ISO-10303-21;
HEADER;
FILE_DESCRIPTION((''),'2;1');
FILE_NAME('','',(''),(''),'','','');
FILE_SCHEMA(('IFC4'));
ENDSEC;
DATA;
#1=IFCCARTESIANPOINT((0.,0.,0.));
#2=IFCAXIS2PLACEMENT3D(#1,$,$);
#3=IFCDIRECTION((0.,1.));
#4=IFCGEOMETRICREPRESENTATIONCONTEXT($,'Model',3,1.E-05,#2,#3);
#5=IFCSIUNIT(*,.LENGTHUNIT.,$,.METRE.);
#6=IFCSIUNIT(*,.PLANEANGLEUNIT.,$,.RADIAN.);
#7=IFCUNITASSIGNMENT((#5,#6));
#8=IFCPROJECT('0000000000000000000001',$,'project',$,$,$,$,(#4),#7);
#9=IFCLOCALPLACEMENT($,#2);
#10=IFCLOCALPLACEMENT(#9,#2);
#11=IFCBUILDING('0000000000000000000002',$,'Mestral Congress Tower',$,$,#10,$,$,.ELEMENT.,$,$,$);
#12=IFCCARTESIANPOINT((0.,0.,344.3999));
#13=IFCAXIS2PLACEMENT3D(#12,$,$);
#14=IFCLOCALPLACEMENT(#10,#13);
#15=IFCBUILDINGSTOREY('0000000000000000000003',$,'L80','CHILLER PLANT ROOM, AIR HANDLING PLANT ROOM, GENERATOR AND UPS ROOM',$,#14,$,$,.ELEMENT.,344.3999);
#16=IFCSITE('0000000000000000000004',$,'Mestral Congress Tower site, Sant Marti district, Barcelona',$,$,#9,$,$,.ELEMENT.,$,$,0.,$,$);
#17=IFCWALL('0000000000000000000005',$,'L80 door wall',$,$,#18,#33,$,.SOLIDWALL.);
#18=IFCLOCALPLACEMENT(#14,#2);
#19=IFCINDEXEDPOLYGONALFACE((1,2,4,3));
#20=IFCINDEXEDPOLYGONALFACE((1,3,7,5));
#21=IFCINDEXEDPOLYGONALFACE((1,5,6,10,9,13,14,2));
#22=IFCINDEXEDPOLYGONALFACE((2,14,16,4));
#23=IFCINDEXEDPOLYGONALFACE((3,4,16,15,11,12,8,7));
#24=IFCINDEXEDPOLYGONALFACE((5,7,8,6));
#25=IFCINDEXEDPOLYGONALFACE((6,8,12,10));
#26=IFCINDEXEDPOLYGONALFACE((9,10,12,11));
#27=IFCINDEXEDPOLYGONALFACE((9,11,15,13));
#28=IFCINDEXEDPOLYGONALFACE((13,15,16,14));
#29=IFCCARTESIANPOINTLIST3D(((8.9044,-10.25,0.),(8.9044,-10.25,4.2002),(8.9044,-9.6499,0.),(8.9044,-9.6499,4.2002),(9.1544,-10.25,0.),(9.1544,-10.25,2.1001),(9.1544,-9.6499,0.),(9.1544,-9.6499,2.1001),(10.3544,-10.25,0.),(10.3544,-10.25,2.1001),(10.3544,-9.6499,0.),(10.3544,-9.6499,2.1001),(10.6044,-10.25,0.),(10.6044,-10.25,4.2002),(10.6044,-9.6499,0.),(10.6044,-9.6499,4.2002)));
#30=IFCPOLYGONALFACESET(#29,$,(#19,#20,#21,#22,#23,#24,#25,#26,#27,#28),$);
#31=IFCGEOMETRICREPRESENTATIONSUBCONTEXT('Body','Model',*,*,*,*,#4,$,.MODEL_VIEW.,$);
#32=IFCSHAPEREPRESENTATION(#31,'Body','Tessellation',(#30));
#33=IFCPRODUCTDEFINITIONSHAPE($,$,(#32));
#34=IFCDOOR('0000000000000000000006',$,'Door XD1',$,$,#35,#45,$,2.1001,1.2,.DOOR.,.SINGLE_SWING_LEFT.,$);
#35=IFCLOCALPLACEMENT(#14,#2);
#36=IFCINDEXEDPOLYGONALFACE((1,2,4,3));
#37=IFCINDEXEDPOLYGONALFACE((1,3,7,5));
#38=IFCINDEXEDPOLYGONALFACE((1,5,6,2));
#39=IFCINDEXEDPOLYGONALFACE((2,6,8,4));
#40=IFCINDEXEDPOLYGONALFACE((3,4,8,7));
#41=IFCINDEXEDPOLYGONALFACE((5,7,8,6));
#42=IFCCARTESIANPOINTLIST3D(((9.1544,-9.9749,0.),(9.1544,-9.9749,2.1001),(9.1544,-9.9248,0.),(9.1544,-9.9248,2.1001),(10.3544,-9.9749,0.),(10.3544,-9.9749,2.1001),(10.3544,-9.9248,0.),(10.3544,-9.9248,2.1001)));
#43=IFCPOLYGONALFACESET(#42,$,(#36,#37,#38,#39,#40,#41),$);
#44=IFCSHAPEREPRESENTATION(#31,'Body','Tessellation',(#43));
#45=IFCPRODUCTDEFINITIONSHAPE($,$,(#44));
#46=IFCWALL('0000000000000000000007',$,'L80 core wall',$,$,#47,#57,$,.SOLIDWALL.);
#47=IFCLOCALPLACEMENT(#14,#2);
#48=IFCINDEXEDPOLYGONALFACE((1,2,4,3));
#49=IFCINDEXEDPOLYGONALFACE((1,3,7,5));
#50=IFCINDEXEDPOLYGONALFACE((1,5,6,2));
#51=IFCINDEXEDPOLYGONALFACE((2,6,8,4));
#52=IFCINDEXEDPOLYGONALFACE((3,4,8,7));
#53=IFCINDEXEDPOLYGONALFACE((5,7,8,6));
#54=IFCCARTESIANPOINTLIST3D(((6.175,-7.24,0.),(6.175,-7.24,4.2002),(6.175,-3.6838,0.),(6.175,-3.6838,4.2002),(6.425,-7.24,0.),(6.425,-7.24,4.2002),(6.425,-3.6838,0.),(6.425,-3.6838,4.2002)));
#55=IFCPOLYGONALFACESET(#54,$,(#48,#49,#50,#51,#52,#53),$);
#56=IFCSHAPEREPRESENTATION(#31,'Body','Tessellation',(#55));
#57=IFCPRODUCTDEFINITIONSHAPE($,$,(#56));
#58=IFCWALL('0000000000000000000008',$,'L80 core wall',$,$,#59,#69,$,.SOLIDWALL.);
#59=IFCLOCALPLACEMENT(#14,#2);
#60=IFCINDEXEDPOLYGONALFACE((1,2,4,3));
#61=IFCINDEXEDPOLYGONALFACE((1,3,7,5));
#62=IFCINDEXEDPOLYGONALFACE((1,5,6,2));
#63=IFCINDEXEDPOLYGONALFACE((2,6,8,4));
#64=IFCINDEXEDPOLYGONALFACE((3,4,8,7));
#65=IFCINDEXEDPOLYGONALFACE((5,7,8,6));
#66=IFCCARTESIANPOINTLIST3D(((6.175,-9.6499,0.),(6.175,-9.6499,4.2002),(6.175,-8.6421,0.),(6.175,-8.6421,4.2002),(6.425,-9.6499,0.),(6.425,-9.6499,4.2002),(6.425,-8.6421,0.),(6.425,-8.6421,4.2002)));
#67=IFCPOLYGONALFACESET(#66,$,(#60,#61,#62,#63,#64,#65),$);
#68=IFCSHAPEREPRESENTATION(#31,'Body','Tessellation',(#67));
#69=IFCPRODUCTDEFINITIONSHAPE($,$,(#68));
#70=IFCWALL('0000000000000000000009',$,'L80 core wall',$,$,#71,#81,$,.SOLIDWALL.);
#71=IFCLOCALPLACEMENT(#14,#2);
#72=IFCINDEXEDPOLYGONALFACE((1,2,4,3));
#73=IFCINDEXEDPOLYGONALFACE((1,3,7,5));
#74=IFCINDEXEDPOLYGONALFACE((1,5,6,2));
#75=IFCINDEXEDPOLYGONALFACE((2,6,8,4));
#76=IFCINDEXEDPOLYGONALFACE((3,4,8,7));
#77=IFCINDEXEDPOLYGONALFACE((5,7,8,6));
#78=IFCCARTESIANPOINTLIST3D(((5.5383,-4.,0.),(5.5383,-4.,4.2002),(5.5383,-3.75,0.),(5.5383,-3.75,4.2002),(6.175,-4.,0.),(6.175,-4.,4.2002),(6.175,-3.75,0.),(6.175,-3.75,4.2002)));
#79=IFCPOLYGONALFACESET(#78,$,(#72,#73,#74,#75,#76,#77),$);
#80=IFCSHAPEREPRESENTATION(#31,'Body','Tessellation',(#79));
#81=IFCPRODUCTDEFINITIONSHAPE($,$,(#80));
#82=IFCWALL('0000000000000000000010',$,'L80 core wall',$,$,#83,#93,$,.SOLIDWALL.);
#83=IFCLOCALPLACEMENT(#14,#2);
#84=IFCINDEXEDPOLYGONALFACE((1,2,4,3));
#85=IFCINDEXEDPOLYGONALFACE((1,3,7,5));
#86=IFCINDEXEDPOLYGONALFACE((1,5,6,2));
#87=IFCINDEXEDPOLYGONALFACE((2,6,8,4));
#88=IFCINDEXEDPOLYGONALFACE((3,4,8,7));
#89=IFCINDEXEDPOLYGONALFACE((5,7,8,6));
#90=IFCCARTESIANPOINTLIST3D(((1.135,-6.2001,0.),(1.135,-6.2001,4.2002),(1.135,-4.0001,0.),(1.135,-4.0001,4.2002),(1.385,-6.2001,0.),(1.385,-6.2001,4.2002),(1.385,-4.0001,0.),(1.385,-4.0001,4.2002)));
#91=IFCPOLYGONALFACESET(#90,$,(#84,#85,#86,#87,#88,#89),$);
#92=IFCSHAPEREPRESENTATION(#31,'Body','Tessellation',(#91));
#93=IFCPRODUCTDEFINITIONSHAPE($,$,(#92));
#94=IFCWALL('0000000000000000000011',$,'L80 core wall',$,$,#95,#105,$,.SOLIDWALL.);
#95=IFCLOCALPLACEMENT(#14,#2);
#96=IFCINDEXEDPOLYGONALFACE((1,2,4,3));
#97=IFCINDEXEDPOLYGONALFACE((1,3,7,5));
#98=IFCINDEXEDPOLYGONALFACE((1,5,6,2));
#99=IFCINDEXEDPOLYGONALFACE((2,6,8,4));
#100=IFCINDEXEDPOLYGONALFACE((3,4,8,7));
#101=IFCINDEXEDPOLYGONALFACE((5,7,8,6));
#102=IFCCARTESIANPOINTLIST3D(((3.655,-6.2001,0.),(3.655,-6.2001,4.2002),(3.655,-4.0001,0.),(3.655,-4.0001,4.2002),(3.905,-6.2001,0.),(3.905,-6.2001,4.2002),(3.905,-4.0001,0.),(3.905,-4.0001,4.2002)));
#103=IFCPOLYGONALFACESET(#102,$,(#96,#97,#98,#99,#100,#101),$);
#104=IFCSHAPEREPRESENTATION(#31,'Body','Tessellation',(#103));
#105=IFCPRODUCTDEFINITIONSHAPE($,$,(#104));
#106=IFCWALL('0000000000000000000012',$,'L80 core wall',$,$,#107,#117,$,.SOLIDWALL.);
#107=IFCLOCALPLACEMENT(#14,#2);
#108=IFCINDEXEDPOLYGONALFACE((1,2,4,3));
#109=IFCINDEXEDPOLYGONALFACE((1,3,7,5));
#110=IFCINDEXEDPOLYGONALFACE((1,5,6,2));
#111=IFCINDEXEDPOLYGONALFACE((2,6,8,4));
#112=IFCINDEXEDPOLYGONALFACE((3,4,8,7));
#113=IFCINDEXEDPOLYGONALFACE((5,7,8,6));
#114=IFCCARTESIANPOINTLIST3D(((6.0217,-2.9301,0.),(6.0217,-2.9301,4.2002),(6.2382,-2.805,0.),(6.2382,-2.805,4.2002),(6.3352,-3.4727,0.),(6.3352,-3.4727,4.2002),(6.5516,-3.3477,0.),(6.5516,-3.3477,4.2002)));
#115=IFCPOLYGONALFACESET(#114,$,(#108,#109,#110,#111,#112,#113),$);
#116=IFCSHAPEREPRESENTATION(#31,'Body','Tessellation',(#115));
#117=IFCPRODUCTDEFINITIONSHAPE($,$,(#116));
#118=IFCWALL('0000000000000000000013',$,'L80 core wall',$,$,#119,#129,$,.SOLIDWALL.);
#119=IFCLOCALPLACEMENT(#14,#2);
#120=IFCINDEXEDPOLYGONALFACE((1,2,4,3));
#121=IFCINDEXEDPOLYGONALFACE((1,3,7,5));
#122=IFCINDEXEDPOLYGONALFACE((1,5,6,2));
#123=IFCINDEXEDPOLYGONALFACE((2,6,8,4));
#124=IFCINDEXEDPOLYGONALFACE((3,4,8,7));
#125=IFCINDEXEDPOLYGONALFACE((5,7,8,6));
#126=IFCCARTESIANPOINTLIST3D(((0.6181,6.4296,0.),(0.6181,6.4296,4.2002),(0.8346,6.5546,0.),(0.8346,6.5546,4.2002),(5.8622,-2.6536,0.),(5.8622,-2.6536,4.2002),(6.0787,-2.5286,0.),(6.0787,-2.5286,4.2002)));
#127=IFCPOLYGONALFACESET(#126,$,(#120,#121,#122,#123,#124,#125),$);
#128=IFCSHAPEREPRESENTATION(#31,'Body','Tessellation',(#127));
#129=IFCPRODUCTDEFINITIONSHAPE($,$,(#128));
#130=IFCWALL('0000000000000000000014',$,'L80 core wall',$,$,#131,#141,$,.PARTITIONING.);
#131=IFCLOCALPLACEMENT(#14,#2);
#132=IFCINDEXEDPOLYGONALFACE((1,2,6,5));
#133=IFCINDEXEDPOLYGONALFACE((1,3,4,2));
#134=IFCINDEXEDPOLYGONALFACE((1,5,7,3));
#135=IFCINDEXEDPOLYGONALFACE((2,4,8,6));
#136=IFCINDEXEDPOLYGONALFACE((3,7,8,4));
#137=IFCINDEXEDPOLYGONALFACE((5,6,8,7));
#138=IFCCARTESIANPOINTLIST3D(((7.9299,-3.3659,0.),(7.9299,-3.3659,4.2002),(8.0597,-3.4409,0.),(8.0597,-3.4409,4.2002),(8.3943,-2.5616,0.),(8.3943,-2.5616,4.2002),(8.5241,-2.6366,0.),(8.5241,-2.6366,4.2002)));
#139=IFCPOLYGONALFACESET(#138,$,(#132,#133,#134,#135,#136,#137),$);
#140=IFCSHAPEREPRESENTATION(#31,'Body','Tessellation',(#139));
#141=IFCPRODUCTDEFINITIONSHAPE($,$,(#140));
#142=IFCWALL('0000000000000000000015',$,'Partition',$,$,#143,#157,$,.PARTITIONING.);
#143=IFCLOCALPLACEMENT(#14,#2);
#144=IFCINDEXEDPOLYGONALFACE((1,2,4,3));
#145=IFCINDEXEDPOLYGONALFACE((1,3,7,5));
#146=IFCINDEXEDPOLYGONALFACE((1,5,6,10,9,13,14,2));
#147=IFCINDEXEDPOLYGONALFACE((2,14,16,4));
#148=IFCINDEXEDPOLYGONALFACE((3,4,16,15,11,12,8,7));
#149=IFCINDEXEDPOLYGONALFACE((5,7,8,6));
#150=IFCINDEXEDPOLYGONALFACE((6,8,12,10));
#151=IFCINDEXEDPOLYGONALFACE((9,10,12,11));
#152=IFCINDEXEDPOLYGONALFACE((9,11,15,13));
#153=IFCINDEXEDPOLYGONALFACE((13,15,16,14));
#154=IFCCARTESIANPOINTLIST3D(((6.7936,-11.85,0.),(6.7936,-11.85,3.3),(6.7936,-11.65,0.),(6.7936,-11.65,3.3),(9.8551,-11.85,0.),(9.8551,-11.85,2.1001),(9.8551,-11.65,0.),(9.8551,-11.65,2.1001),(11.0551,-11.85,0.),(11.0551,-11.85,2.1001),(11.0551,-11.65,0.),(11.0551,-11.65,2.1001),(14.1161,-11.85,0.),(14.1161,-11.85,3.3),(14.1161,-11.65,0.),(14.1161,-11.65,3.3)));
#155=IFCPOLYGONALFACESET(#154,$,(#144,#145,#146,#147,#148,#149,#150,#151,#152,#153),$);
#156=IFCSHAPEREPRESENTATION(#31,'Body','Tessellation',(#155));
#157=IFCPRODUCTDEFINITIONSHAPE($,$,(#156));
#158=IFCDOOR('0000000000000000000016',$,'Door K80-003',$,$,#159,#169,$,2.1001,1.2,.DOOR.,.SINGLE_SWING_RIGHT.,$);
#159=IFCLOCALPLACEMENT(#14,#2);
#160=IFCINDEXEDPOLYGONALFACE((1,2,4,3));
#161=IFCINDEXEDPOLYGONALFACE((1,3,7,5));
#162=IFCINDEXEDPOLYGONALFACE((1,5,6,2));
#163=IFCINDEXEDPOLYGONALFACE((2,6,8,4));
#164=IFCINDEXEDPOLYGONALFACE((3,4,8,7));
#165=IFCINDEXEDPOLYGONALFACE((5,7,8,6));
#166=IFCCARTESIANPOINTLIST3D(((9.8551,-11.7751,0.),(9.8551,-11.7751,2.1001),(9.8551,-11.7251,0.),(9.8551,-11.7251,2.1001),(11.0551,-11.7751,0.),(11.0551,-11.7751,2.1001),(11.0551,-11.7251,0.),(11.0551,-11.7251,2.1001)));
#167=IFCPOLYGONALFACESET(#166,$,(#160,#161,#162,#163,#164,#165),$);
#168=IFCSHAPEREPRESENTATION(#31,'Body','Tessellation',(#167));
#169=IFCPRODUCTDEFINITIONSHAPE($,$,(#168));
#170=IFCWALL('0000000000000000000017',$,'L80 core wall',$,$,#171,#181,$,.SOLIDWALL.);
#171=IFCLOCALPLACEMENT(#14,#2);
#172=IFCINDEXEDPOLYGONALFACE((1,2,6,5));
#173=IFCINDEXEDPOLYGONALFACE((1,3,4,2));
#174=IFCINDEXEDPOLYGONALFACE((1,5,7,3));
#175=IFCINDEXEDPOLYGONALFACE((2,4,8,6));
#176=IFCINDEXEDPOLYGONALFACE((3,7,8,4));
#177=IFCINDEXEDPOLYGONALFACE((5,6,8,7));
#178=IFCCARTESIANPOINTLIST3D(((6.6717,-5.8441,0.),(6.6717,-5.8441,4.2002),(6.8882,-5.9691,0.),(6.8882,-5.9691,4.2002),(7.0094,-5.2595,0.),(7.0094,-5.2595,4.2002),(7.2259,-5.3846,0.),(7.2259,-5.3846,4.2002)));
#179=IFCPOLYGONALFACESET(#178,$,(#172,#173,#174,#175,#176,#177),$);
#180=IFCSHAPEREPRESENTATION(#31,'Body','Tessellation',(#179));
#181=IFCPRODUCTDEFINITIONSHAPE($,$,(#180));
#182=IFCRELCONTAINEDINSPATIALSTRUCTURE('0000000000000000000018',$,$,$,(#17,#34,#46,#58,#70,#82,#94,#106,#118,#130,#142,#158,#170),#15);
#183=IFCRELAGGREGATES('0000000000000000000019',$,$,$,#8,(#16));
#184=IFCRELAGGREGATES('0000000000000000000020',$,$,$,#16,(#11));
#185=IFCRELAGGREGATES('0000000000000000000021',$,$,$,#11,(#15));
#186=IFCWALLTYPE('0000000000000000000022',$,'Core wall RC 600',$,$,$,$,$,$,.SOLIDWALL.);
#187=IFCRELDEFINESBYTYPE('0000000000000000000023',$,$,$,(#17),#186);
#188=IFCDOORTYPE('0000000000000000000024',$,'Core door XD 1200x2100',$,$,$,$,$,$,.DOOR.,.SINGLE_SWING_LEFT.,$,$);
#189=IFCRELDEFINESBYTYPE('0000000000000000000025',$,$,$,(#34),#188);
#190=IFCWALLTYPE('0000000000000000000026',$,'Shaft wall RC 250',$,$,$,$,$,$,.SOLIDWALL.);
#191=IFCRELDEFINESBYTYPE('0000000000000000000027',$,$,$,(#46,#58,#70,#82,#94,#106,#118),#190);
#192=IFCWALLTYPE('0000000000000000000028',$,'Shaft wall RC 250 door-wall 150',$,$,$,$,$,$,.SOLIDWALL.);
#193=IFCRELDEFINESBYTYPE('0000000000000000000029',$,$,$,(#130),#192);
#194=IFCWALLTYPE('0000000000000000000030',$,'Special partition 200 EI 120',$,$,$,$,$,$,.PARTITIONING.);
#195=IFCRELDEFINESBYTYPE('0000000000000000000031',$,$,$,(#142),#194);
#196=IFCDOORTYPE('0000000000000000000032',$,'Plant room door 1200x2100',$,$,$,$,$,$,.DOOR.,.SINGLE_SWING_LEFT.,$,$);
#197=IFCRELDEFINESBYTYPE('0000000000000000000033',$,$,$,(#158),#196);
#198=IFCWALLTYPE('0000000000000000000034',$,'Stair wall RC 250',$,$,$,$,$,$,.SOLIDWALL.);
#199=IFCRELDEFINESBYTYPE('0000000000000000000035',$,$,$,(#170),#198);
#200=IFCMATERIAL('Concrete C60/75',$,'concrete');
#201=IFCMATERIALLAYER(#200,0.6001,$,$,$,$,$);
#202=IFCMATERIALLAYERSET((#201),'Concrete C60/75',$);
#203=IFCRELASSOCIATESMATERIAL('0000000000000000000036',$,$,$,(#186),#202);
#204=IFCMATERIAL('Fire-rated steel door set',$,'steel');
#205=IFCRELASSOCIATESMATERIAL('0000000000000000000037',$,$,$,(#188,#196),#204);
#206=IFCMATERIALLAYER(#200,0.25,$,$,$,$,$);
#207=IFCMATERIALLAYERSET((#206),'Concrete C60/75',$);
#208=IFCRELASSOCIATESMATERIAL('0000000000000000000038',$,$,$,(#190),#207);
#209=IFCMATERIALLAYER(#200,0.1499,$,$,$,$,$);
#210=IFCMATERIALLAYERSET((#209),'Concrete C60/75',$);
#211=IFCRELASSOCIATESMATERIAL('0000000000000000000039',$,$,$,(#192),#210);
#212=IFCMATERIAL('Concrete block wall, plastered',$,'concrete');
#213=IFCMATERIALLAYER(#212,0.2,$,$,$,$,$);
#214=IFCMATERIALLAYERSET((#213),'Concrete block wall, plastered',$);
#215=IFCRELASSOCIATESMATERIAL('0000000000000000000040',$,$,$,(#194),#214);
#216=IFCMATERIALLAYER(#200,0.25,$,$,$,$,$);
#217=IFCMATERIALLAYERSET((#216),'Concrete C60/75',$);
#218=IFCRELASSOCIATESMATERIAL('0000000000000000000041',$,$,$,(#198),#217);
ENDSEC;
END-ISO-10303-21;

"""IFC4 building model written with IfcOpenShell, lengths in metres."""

from ifc_helpers import new_model, si_unit, direction, frame, frame_2d, origin, place, context, subcontext, project, spatial, rectangle, extrude, material, layer, layer_set, type_object, element, fill, save


model = new_model("IFC4")

# Units and contexts
model_context = context("Model", 3, precision=1e-05, world=origin(), true_north=direction((0.0, 1.0)))
body_context = subcontext(model_context, "Body", "Model", "MODEL_VIEW")
ifc_project = project(units=[si_unit("LENGTHUNIT", "METRE"), si_unit("PLANEANGLEUNIT", "RADIAN")], contexts=[model_context])

# Site, building, storey
site_placement = place(None, origin())
site = spatial("IfcSite", under=ifc_project, at=site_placement, Name="Mestral Congress Tower site, Sant Marti district, Barcelona", CompositionType="ELEMENT", RefElevation=0.0)
building_placement = place(site_placement, origin())
building = spatial("IfcBuilding", under=site, at=building_placement, Name="Mestral Congress Tower", CompositionType="ELEMENT")
storey_placement = place(building_placement, frame((0.0, 0.0, 344.3999)))
storey = spatial("IfcBuildingStorey", under=building, at=storey_placement, Name="L80", Description="CHILLER PLANT ROOM, AIR HANDLING PLANT ROOM, GENERATOR AND UPS ROOM", CompositionType="ELEMENT", Elevation=344.3999)

# Shared definitions
ifc_material_1 = material(Name="Fire-rated steel door set", Category="steel")

# Shared definitions
ifc_material_2 = material(Name="Concrete C60/75", Category="concrete")
ifc_layer_1 = layer(ifc_material_2, 0.6001)
ifc_layer_set_1 = layer_set([ifc_layer_1], Name="Concrete C60/75")
wall_type_1 = type_object("IfcWallType", Name="Core wall RC 600", PredefinedType="SOLIDWALL", material=ifc_layer_set_1)

# Wall, opening, door
wall_1_placement = place(storey_placement, frame((10.6045, -9.95, 0.0), z_axis=(0.0, 0.0, 1.0), x_axis=(-1.0, 0.0, 0.0)))
wall_1 = element("IfcWall", 1, at=wall_1_placement, inside=storey, type_object=wall_type_1, Name="L80 door wall", PredefinedType="SOLIDWALL", context=body_context, shape_type="SweptSolid", body=[
    extrude(rectangle(XDim=1.7, YDim=0.6001, at=frame_2d((0.8501, 0.0))), origin(), (0.0, 0.0, 1.0), 4.2002),
])
opening_1_placement = place(wall_1_placement, frame((0.25, 0.0, 0.0)))
opening_1 = element("IfcOpeningElement", 2, at=opening_1_placement, cuts=wall_1, PredefinedType="OPENING", context=body_context, shape_type="SweptSolid", body=[
    extrude(rectangle(XDim=1.2, YDim=2.1001, at=frame_2d((0.6001, 1.05))), frame((0.0, 0.3101, 0.0), z_axis=(0.0, -1.0, 0.0), x_axis=(1.0, 0.0, 0.0)), (0.0, 0.0, 1.0), 0.6201),
])
door_type_1 = type_object("IfcDoorType", Name="Core door XD 1200x2100", OperationType="SINGLE_SWING_LEFT", PredefinedType="DOOR", material=ifc_material_1)
door_1_placement = place(opening_1_placement, origin())
door_1 = element("IfcDoor", 3, at=door_1_placement, inside=storey, type_object=door_type_1, Name="Door XD1", OperationType="SINGLE_SWING_LEFT", OverallHeight=2.1001, OverallWidth=1.2, PredefinedType="DOOR", context=body_context, shape_type="SweptSolid", body=[
    extrude(rectangle(XDim=1.2, YDim=2.1001, at=frame_2d((0.6001, 1.05))), frame((0.0, 0.0249, 0.0), z_axis=(0.0, -1.0, 0.0), x_axis=(1.0, 0.0, 0.0)), (0.0, 0.0, 1.0), 0.05),
])
fill(opening_1, door_1)

# Walls
ifc_layer_2 = layer(ifc_material_2, 0.25)
ifc_layer_set_2 = layer_set([ifc_layer_2], Name="Concrete C60/75")
wall_type_2 = type_object("IfcWallType", Name="Shaft wall RC 250", PredefinedType="SOLIDWALL", material=ifc_layer_set_2)
wall_2_placement = place(storey_placement, frame((6.3, -7.24, 0.0), z_axis=(0.0, 0.0, 1.0), x_axis=(0.0, 1.0, 0.0)))
element("IfcWall", 4, at=wall_2_placement, inside=storey, type_object=wall_type_2, Name="L80 core wall", PredefinedType="SOLIDWALL", context=body_context, shape_type="SweptSolid", body=[
    extrude(rectangle(XDim=3.5562, YDim=0.25, at=frame_2d((1.7781, 0.0))), origin(), (0.0, 0.0, 1.0), 4.2002),
])
wall_3_placement = place(storey_placement, frame((6.3, -9.6499, 0.0), z_axis=(0.0, 0.0, 1.0), x_axis=(0.0, 1.0, 0.0)))
element("IfcWall", 5, at=wall_3_placement, inside=storey, type_object=wall_type_2, Name="L80 core wall", PredefinedType="SOLIDWALL", context=body_context, shape_type="SweptSolid", body=[
    extrude(rectangle(XDim=1.0078, YDim=0.25, at=frame_2d((0.5039, 0.0))), origin(), (0.0, 0.0, 1.0), 4.2002),
])
wall_4_placement = place(storey_placement, frame((5.5383, -3.875, 0.0), z_axis=(0.0, 0.0, 1.0), x_axis=(1.0, 0.0, 0.0)))
element("IfcWall", 6, at=wall_4_placement, inside=storey, type_object=wall_type_2, Name="L80 core wall", PredefinedType="SOLIDWALL", context=body_context, shape_type="SweptSolid", body=[
    extrude(rectangle(XDim=0.6367, YDim=0.25, at=frame_2d((0.3184, 0.0))), origin(), (0.0, 0.0, 1.0), 4.2002),
])
for number, where, z_axis, x_axis, name in (
    (7, (1.26, -4.0, 0.0), (0.0, 0.0, 1.0), (0.0, -1.0, 0.0), "L80 core wall"),
    (8, (3.78, -4.0, 0.0), (0.0, 0.0, 1.0), (0.0, -1.0, 0.0), "L80 core wall"),
):
    element("IfcWall", number, at=place(storey_placement, frame(where, z_axis=z_axis, x_axis=x_axis)), inside=storey, type_object=wall_type_2, Name=name, PredefinedType="SOLIDWALL", context=body_context, shape_type="SweptSolid", body=[
        extrude(rectangle(XDim=2.2, YDim=0.25, at=frame_2d((1.1001, 0.0))), origin(), (0.0, 0.0, 1.0), 4.2002),
    ])
wall_5_placement = place(storey_placement, frame((6.1299, -2.8674, 0.0), z_axis=(0.0, 0.0, 1.0), x_axis=(0.500161, -0.865933, 0.0)))
element("IfcWall", 9, at=wall_5_placement, inside=storey, type_object=wall_type_2, Name="L80 core wall", PredefinedType="SOLIDWALL", context=body_context, shape_type="SweptSolid", body=[
    extrude(rectangle(XDim=0.6267, YDim=0.25, at=frame_2d((0.3135, 0.0))), origin(), (0.0, 0.0, 1.0), 4.2002),
])
wall_6_placement = place(storey_placement, frame((5.9705, -2.5911, 0.0), z_axis=(0.0, 0.0, 1.0), x_axis=(-0.499994, 0.866029, 0.0)))
element("IfcWall", 10, at=wall_6_placement, inside=storey, type_object=wall_type_2, Name="L80 core wall", PredefinedType="SOLIDWALL", context=body_context, shape_type="SweptSolid", body=[
    extrude(rectangle(XDim=10.4883, YDim=0.25, at=frame_2d((5.2441, 0.0))), origin(), (0.0, 0.0, 1.0), 4.2002),
])
ifc_layer_3 = layer(ifc_material_2, 0.1499)
ifc_layer_set_3 = layer_set([ifc_layer_3], Name="Concrete C60/75")
wall_type_3 = type_object("IfcWallType", Name="Shaft wall RC 250 door-wall 150", PredefinedType="SOLIDWALL", material=ifc_layer_set_3)
wall_7_placement = place(storey_placement, frame((8.4592, -2.5991, 0.0), z_axis=(0.0, 0.0, 1.0), x_axis=(-0.500041, -0.866002, 0.0)))
element("IfcWall", 11, at=wall_7_placement, inside=storey, type_object=wall_type_3, Name="L80 core wall", PredefinedType="PARTITIONING", context=body_context, shape_type="SweptSolid", body=[
    extrude(rectangle(XDim=0.9287, YDim=0.1499, at=frame_2d((0.4644, 0.0))), origin(), (0.0, 0.0, 1.0), 4.2002),
])

# Wall, opening, door
ifc_material_3 = material(Name="Concrete block wall, plastered", Category="concrete")
ifc_layer_4 = layer(ifc_material_3, 0.2)
ifc_layer_set_4 = layer_set([ifc_layer_4], Name="Concrete block wall, plastered")
wall_type_4 = type_object("IfcWallType", Name="Special partition 200 EI 120", PredefinedType="PARTITIONING", material=ifc_layer_set_4)
wall_8_placement = place(storey_placement, frame((6.7937, -11.75, 0.0), z_axis=(0.0, 0.0, 1.0), x_axis=(1.0, 0.0, 0.0)))
wall_8 = element("IfcWall", 12, at=wall_8_placement, inside=storey, type_object=wall_type_4, Name="Partition", PredefinedType="PARTITIONING", context=body_context, shape_type="SweptSolid", body=[
    extrude(rectangle(XDim=7.3225, YDim=0.2, at=frame_2d((3.6611, 0.0))), origin(), (0.0, 0.0, 1.0), 3.3),
])
opening_2_placement = place(wall_8_placement, frame((3.0613, 0.0, 0.0)))
opening_2 = element("IfcOpeningElement", 13, at=opening_2_placement, cuts=wall_8, PredefinedType="OPENING", context=body_context, shape_type="SweptSolid", body=[
    extrude(rectangle(XDim=1.2, YDim=2.1001, at=frame_2d((0.6001, 1.05))), frame((0.0, 0.1099, 0.0), z_axis=(0.0, -1.0, 0.0), x_axis=(1.0, 0.0, 0.0)), (0.0, 0.0, 1.0), 0.22),
])
door_type_2 = type_object("IfcDoorType", Name="Plant room door 1200x2100", OperationType="SINGLE_SWING_LEFT", PredefinedType="DOOR", material=ifc_material_1)
door_2_placement = place(opening_2_placement, origin())
door_2 = element("IfcDoor", 14, at=door_2_placement, inside=storey, type_object=door_type_2, Name="Door K80-003", OperationType="SINGLE_SWING_RIGHT", OverallHeight=2.1001, OverallWidth=1.2, PredefinedType="DOOR", context=body_context, shape_type="SweptSolid", body=[
    extrude(rectangle(XDim=1.2, YDim=2.1001, at=frame_2d((0.6001, 1.05))), frame((0.0, 0.0249, 0.0), z_axis=(0.0, -1.0, 0.0), x_axis=(1.0, 0.0, 0.0)), (0.0, 0.0, 1.0), 0.05),
])
fill(opening_2, door_2)

# Wall
ifc_layer_5 = layer(ifc_material_2, 0.25)
ifc_layer_set_5 = layer_set([ifc_layer_5], Name="Concrete C60/75")
wall_type_5 = type_object("IfcWallType", Name="Stair wall RC 250", PredefinedType="SOLIDWALL", material=ifc_layer_set_5)
wall_9_placement = place(storey_placement, frame((6.78, -5.9065, 0.0), z_axis=(0.0, 0.0, 1.0), x_axis=(0.500223, 0.865896, 0.0)))
element("IfcWall", 15, at=wall_9_placement, inside=storey, type_object=wall_type_5, Name="L80 core wall", PredefinedType="SOLIDWALL", context=body_context, shape_type="SweptSolid", body=[
    extrude(rectangle(XDim=0.675, YDim=0.25, at=frame_2d((0.3374, 0.0))), origin(), (0.0, 0.0, 1.0), 4.2002),
])

save(model, "model.ifc")
